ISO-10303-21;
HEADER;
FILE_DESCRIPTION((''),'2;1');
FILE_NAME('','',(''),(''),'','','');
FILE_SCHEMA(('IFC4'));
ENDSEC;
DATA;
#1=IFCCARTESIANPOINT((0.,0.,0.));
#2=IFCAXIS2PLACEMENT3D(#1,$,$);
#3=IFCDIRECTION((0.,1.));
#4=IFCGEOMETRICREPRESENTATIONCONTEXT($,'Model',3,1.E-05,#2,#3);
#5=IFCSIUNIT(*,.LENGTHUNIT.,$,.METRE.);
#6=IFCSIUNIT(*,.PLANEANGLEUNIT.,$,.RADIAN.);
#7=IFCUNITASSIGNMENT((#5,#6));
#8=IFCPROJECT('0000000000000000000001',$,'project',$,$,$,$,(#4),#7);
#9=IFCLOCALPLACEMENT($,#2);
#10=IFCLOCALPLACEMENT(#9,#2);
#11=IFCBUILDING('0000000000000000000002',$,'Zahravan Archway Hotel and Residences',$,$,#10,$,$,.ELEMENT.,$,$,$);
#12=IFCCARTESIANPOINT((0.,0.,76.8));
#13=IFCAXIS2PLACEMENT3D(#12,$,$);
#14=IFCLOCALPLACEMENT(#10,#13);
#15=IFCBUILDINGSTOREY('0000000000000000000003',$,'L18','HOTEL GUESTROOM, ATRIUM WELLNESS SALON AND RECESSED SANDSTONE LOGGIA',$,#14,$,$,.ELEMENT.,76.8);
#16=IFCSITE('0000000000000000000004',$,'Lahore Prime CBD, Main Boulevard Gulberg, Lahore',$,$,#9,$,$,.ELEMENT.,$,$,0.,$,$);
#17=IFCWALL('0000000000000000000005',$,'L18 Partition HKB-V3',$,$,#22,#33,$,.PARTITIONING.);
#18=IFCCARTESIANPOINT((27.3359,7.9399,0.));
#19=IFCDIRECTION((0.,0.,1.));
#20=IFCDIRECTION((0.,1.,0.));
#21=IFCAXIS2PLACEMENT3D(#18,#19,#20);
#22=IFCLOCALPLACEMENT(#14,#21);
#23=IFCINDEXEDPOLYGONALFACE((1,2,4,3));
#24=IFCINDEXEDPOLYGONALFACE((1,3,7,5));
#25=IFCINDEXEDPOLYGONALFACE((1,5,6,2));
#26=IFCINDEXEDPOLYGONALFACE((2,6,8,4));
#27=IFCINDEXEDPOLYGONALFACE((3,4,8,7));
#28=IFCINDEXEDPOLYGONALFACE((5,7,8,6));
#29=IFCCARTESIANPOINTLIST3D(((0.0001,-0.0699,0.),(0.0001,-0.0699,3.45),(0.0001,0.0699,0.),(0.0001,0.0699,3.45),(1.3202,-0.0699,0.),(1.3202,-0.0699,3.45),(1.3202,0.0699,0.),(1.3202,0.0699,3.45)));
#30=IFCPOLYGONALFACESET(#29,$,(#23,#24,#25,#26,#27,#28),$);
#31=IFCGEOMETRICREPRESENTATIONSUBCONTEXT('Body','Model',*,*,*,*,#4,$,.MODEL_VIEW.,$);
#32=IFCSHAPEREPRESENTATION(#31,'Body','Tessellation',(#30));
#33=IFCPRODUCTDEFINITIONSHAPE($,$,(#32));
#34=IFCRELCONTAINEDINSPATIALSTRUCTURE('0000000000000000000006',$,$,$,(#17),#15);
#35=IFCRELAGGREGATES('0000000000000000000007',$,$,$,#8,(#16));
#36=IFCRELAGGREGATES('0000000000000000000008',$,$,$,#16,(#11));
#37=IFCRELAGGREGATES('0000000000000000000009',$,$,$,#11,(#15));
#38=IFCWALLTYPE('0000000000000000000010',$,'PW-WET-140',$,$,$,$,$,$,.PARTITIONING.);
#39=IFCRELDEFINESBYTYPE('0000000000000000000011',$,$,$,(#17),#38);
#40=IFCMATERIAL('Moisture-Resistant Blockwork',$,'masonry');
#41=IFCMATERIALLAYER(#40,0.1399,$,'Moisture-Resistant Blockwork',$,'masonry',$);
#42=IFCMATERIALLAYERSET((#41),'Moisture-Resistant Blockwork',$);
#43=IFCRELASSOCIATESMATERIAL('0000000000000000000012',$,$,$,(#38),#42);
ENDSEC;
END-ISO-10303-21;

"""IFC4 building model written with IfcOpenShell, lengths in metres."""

from ifc_helpers import new_model, si_unit, direction, frame, frame_2d, origin, place, context, subcontext, project, spatial, rectangle, extrude, material, layer, layer_set, type_object, element, save


model = new_model("IFC4")

# Units and contexts
model_context = context("Model", 3, precision=1e-05, world=origin(), true_north=direction((0.0, 1.0)))
body_context = subcontext(model_context, "Body", "Model", "MODEL_VIEW")
ifc_project = project(units=[si_unit("LENGTHUNIT", "METRE"), si_unit("PLANEANGLEUNIT", "RADIAN")], contexts=[model_context])

# Site, building, storey
site_placement = place(None, origin())
site = spatial("IfcSite", under=ifc_project, at=site_placement, Name="Lahore Prime CBD, Main Boulevard Gulberg, Lahore", CompositionType="ELEMENT", RefElevation=0.0)
building_placement = place(site_placement, origin())
building = spatial("IfcBuilding", under=site, at=building_placement, Name="Zahravan Archway Hotel and Residences", CompositionType="ELEMENT")
storey_placement = place(building_placement, frame((0.0, 0.0, 76.8)))
storey = spatial("IfcBuildingStorey", under=building, at=storey_placement, Name="L18", Description="HOTEL GUESTROOM, ATRIUM WELLNESS SALON AND RECESSED SANDSTONE LOGGIA", CompositionType="ELEMENT", Elevation=76.8)

# Wall
ifc_material_1 = material(Name="Moisture-Resistant Blockwork", Category="masonry")
ifc_layer_1 = layer(ifc_material_1, 0.1399, Name="Moisture-Resistant Blockwork", Category="masonry")
ifc_layer_set_1 = layer_set([ifc_layer_1], Name="Moisture-Resistant Blockwork")
wall_type_1 = type_object("IfcWallType", Name="PW-WET-140", PredefinedType="PARTITIONING", material=ifc_layer_set_1)
wall_1_placement = place(storey_placement, frame((27.3359, 7.9399, 0.0), z_axis=(0.0, 0.0, 1.0), x_axis=(0.0, 1.0, 0.0)))
element("IfcWall", 1, at=wall_1_placement, inside=storey, type_object=wall_type_1, Name="L18 Partition HKB-V3", PredefinedType="PARTITIONING", context=body_context, shape_type="SweptSolid", body=[
    extrude(rectangle(XDim=1.3201, YDim=0.1399, at=frame_2d((0.6602, 0.0))), origin(), (0.0, 0.0, 1.0), 3.45),
])

save(model, "model.ifc")
